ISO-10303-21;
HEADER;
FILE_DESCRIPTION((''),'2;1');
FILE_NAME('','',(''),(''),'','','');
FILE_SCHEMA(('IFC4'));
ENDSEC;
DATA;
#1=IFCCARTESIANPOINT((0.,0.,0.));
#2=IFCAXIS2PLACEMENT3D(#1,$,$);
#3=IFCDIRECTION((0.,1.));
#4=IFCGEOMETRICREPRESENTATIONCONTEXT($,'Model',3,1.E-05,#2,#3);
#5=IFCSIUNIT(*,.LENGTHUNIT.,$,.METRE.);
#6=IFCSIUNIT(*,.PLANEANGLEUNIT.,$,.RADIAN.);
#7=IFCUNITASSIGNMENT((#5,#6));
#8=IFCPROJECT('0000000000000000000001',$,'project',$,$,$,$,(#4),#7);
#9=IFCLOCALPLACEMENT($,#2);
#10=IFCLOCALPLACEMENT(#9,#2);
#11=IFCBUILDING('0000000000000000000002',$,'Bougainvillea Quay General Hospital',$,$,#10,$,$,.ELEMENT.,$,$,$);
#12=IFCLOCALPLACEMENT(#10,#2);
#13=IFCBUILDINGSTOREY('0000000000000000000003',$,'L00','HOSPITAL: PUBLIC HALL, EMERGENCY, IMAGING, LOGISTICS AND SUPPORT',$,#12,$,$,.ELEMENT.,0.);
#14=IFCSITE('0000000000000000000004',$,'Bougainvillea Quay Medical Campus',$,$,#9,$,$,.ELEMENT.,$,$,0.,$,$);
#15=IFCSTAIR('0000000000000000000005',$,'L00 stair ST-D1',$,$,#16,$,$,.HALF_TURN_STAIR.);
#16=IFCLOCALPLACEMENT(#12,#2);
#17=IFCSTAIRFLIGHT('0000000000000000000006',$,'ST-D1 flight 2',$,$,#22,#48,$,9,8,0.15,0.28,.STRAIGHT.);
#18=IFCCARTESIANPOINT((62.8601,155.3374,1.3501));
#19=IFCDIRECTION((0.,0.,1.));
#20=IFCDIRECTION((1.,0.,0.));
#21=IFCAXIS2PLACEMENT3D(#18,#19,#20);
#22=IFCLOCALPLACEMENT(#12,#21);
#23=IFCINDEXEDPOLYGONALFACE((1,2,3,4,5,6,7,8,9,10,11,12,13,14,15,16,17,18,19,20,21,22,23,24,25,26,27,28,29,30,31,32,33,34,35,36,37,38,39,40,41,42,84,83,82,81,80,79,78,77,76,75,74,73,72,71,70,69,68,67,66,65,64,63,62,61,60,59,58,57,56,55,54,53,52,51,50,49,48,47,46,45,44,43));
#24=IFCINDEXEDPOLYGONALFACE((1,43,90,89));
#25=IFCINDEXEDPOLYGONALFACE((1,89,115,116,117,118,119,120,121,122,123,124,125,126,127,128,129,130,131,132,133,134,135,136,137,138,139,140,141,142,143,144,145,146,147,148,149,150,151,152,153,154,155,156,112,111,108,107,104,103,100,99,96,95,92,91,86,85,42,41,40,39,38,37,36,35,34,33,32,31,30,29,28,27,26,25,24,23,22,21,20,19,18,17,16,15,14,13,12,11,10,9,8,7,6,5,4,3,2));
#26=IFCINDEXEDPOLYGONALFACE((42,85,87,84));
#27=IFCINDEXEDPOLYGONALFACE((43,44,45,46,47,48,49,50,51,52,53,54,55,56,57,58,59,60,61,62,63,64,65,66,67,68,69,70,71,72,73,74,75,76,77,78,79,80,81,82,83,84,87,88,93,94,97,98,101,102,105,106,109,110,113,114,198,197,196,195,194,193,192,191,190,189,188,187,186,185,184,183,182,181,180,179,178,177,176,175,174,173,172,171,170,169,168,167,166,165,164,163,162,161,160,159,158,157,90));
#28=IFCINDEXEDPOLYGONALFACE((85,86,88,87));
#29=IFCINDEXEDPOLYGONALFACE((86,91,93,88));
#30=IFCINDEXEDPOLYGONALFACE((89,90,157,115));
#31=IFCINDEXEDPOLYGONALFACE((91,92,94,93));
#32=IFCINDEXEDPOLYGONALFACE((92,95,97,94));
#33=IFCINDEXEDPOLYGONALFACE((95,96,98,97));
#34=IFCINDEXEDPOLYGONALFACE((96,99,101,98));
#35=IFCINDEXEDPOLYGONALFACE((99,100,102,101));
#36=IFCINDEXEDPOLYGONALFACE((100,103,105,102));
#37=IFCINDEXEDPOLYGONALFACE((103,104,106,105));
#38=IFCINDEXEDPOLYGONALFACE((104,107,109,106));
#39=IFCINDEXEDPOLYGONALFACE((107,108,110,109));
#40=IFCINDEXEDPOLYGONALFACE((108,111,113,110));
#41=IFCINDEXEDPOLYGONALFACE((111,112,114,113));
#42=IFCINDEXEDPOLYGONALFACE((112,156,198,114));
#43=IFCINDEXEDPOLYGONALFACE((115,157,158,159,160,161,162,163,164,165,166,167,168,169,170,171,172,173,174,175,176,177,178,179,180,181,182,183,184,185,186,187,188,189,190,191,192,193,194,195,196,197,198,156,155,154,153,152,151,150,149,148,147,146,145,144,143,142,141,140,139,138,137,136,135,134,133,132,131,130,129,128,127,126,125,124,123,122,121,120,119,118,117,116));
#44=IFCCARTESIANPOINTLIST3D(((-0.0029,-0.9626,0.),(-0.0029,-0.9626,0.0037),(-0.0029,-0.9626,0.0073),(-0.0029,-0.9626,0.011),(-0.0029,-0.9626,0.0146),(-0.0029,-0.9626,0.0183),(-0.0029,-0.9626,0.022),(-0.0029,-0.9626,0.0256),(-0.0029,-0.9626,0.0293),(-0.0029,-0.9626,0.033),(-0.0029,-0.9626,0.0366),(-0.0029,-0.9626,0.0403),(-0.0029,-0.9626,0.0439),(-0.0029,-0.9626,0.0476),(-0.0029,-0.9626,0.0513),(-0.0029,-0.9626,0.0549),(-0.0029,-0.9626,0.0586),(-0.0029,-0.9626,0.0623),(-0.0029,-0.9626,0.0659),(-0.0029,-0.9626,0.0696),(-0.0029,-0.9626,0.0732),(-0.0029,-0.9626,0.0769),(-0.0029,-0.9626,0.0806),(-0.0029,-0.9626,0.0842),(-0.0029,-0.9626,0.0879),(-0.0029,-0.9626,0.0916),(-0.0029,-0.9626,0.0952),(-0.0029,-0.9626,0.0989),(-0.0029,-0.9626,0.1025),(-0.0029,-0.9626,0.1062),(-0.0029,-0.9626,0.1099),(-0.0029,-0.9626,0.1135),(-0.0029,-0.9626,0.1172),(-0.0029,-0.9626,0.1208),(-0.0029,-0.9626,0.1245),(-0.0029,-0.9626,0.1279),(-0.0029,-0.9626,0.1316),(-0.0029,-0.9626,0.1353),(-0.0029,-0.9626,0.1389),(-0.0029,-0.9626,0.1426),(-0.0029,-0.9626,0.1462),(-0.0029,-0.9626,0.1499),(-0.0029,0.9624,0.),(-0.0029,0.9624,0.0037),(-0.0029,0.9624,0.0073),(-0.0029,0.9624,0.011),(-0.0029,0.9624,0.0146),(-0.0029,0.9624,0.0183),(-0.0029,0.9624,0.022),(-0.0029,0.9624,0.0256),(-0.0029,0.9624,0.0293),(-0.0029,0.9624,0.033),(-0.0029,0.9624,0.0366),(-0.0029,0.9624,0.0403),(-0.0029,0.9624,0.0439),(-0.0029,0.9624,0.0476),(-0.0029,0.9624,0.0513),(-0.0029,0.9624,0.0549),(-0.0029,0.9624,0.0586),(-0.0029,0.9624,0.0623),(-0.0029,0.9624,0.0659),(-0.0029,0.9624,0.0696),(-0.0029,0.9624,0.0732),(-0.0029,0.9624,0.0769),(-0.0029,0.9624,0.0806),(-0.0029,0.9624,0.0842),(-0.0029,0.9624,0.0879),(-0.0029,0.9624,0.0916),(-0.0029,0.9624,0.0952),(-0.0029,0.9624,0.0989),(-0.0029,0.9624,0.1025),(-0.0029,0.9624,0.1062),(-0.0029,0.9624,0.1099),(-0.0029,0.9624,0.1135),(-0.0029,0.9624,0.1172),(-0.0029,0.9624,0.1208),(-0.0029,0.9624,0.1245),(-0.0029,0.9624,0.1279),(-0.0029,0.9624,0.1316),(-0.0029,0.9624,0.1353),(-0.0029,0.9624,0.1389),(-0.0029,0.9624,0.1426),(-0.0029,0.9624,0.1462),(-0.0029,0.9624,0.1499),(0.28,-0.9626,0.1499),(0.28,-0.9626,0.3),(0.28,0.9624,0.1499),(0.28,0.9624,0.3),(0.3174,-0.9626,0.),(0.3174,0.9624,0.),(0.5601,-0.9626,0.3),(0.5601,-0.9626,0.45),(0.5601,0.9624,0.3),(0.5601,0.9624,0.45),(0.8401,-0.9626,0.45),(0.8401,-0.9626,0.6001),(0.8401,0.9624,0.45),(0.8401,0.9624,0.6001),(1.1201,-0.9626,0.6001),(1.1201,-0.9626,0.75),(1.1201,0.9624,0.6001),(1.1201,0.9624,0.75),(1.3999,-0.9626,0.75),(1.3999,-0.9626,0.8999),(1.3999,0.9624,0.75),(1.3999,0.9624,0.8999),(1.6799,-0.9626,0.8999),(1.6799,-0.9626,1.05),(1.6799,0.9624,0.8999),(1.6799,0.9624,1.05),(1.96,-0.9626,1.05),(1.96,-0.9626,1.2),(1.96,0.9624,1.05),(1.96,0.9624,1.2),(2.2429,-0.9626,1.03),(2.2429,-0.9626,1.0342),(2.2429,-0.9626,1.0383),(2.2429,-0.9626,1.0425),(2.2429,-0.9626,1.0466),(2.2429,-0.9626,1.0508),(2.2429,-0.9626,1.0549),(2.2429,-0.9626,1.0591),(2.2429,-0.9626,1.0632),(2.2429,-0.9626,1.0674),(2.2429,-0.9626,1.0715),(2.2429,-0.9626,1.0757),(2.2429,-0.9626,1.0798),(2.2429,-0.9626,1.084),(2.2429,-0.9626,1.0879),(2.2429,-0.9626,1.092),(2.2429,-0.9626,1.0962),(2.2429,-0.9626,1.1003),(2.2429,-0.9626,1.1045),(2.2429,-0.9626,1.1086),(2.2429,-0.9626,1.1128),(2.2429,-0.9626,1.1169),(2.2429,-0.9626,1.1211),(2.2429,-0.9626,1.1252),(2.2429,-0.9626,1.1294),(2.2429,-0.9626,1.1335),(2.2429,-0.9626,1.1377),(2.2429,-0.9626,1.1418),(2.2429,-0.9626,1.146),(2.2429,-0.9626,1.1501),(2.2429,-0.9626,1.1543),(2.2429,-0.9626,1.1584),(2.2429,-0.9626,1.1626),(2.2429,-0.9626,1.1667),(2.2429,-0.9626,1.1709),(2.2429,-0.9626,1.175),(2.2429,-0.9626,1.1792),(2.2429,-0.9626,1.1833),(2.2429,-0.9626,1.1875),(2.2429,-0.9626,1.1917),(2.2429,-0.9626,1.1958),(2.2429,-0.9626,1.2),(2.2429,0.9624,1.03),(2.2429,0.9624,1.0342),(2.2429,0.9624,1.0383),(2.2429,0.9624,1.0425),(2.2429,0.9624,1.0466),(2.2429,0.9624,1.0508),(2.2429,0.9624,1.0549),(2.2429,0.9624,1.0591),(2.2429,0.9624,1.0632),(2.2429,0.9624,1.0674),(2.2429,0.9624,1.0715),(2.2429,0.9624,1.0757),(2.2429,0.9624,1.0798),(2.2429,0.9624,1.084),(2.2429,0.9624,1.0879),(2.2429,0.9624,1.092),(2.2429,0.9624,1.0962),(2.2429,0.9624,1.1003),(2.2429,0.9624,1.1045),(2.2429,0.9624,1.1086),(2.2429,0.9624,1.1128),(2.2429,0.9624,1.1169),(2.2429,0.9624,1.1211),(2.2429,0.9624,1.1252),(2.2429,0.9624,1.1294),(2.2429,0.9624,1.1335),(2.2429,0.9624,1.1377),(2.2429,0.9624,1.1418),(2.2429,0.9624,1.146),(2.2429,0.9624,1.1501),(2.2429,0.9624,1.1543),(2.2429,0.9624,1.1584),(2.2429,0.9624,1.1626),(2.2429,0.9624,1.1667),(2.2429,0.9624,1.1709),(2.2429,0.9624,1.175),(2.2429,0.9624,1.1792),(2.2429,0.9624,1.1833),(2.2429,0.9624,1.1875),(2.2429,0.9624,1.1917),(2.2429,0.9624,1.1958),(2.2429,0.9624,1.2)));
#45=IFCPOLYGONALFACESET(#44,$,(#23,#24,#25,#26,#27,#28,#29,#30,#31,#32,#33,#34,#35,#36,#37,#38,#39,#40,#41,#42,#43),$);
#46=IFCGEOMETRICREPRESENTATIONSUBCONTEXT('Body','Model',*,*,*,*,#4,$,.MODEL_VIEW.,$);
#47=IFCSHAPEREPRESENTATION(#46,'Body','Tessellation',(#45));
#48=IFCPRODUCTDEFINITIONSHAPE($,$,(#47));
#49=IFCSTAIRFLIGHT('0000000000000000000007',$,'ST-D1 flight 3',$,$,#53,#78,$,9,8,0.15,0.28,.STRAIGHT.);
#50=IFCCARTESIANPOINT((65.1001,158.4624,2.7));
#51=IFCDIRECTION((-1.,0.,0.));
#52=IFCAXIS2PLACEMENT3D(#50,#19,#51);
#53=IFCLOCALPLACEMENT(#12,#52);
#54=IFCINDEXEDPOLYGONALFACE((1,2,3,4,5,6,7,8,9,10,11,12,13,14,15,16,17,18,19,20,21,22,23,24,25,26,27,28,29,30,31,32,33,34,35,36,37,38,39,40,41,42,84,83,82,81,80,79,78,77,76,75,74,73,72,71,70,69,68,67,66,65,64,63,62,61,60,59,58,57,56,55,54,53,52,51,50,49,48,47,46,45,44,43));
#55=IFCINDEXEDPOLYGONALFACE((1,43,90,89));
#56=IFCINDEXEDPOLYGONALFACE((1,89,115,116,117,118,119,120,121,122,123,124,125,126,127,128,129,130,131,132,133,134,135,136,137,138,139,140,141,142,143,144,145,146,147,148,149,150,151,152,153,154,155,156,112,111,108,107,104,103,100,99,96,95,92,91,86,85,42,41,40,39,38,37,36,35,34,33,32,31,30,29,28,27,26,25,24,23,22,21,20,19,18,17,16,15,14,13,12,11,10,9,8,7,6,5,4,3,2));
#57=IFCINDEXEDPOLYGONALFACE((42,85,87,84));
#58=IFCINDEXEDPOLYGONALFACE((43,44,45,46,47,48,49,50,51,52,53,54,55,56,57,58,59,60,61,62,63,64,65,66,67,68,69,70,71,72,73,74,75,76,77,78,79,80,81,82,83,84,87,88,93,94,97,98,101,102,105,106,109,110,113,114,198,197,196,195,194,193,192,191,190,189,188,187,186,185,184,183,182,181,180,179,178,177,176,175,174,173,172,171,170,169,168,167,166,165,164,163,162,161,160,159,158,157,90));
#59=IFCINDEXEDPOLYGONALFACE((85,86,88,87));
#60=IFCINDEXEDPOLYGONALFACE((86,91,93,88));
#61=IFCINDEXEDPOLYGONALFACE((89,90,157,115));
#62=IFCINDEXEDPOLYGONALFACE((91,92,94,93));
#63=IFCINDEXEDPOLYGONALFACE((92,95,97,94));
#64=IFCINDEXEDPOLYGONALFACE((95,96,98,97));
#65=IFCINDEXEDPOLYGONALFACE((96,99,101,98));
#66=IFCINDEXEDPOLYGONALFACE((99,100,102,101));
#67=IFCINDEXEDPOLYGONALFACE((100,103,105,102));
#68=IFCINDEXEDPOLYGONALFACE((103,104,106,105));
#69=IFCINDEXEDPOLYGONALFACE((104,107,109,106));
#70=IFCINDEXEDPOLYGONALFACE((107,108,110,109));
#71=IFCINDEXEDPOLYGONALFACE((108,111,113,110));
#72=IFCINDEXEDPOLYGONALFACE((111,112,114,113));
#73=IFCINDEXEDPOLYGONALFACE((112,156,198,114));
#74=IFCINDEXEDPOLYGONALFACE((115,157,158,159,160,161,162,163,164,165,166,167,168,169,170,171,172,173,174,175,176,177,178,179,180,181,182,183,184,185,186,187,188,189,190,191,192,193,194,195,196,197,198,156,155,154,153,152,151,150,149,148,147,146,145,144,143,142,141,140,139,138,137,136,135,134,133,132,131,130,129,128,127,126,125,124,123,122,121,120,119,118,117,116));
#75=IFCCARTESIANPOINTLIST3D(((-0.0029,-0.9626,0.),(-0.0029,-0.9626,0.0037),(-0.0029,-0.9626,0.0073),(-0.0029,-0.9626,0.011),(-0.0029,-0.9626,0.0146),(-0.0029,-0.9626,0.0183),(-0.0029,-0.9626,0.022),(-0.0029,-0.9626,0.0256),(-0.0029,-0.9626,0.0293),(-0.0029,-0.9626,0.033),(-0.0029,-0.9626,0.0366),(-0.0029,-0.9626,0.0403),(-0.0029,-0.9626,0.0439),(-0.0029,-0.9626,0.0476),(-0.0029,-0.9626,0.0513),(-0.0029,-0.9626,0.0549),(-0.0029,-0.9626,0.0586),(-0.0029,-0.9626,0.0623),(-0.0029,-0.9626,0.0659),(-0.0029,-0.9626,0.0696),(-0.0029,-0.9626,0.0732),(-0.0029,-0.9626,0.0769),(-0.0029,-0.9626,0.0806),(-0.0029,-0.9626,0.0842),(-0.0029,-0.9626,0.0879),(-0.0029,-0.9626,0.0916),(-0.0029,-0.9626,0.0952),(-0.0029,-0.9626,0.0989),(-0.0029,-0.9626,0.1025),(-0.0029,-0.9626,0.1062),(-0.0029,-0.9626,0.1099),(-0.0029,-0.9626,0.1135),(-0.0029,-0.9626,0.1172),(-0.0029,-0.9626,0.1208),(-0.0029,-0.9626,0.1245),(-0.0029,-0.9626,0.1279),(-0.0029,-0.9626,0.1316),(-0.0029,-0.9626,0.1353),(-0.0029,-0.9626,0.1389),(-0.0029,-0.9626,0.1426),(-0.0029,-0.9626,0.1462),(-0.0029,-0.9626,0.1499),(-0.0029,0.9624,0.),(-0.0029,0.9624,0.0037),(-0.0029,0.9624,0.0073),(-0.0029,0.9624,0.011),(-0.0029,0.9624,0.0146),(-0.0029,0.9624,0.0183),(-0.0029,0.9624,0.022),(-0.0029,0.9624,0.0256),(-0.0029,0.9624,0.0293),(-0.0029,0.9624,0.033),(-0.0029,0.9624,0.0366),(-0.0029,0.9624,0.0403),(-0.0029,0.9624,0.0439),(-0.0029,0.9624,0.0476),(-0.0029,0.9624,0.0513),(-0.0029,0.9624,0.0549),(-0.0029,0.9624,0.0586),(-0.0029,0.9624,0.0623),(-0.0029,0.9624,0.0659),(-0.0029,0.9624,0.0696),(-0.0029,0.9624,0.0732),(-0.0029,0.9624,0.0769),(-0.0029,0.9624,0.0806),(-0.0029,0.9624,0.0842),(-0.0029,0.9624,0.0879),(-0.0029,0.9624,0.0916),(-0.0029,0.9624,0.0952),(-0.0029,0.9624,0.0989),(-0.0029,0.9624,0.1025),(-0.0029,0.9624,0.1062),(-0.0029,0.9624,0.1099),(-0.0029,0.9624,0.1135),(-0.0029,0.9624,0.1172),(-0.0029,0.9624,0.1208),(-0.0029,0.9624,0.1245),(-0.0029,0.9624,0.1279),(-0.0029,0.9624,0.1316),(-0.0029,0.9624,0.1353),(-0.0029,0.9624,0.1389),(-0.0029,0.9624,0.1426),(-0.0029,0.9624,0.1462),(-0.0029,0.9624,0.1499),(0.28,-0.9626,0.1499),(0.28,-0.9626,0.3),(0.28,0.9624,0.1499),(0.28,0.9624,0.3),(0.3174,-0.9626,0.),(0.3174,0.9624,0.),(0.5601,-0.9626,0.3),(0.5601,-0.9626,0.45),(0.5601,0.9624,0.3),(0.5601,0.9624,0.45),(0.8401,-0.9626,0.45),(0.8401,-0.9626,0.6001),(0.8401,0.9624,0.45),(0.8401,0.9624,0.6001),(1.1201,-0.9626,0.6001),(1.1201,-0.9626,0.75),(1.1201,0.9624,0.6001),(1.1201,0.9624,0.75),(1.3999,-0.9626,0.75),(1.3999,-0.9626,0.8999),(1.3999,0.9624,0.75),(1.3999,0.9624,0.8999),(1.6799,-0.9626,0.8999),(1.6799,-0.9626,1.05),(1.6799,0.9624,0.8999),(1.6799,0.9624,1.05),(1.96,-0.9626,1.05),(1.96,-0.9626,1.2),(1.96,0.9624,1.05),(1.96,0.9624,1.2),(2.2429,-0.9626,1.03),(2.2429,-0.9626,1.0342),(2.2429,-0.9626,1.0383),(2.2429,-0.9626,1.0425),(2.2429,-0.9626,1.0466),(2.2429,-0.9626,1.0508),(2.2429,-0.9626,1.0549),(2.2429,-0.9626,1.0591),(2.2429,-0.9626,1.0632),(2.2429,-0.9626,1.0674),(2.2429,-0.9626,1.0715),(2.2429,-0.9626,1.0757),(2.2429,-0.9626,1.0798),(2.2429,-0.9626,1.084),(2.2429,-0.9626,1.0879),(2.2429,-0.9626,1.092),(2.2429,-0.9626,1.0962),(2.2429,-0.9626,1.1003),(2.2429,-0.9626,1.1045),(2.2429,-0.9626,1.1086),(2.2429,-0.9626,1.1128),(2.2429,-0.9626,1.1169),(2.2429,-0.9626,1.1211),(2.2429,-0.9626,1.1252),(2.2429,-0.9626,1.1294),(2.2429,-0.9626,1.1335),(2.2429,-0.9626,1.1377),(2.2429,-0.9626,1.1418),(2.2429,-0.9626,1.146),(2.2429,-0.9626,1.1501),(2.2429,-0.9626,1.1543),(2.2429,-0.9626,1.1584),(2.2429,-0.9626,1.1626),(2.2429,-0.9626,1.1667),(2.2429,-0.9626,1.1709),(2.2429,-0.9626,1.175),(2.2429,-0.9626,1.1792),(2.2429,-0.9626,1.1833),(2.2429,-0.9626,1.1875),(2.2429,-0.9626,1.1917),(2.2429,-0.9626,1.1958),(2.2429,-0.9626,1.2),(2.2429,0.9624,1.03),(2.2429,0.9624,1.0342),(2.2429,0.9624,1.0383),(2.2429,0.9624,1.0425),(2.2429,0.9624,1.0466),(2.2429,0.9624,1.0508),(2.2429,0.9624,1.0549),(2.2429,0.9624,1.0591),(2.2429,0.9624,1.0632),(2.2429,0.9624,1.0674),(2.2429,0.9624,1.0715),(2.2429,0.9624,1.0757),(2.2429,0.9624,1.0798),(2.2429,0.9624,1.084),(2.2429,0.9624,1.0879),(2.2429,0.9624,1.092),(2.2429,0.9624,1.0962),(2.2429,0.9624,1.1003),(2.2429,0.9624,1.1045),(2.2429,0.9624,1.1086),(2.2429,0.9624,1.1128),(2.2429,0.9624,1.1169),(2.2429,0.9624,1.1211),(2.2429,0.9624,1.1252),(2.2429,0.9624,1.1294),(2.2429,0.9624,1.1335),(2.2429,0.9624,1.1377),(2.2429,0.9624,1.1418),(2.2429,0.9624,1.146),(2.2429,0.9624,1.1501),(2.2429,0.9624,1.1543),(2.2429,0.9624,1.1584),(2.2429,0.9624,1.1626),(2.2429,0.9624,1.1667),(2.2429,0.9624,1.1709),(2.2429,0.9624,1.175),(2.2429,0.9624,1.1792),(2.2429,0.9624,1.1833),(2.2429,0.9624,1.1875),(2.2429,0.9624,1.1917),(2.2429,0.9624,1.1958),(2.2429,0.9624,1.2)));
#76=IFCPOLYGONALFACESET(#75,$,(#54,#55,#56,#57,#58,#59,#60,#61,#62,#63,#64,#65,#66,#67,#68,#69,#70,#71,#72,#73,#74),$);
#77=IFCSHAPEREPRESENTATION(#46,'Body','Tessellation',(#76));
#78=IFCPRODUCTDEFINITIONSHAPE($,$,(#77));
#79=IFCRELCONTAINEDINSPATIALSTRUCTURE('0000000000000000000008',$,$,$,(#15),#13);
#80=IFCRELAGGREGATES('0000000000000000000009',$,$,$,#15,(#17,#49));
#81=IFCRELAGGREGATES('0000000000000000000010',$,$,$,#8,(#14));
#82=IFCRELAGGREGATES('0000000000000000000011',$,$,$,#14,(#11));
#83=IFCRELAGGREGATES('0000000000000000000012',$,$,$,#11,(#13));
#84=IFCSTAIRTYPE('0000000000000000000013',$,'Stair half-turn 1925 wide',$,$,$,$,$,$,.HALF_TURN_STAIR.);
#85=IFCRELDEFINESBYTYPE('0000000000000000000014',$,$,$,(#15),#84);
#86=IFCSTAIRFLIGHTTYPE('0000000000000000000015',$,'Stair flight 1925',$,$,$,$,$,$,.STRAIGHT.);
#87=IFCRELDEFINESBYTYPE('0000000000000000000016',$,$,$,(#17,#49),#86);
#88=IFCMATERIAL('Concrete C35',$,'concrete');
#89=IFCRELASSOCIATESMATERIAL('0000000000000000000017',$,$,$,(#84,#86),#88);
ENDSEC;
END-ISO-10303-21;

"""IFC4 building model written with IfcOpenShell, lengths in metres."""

from ifc_helpers import new_model, si_unit, direction, frame, origin, place, context, subcontext, project, spatial, polyline, outline, extrude, material, type_object, element, aggregate, save


model = new_model("IFC4")

# Units and contexts
model_context = context("Model", 3, precision=1e-05, world=origin(), true_north=direction((0.0, 1.0)))
body_context = subcontext(model_context, "Body", "Model", "MODEL_VIEW")
ifc_project = project(units=[si_unit("LENGTHUNIT", "METRE"), si_unit("PLANEANGLEUNIT", "RADIAN")], contexts=[model_context])

# Site, building, storey
site_placement = place(None, origin())
site = spatial("IfcSite", under=ifc_project, at=site_placement, Name="Bougainvillea Quay Medical Campus", CompositionType="ELEMENT", RefElevation=0.0)
building_placement = place(site_placement, origin())
building = spatial("IfcBuilding", under=site, at=building_placement, Name="Bougainvillea Quay General Hospital", CompositionType="ELEMENT")
storey_placement = place(building_placement, origin())
storey = spatial("IfcBuildingStorey", under=building, at=storey_placement, Name="L00", Description="HOSPITAL: PUBLIC HALL, EMERGENCY, IMAGING, LOGISTICS AND SUPPORT", CompositionType="ELEMENT", Elevation=0.0)

# Stair, stair flights
ifc_material_1 = material(Name="Concrete C35", Category="concrete")
stair_type = type_object("IfcStairType", Name="Stair half-turn 1925 wide", PredefinedType="HALF_TURN_STAIR", material=ifc_material_1)
stair_placement = place(storey_placement, origin())
stair = element("IfcStair", 1, at=stair_placement, inside=storey, type_object=stair_type, Name="L00 stair ST-D1", PredefinedType="HALF_TURN_STAIR")
stair_flight_type = type_object("IfcStairFlightType", Name="Stair flight 1925", PredefinedType="STRAIGHT", material=ifc_material_1)
stair_flight_1_placement = place(storey_placement, frame((62.8601, 155.3374, 1.3501), z_axis=(0.0, 0.0, 1.0), x_axis=(1.0, 0.0, 0.0)))
stair_flight_1 = element("IfcStairFlight", 2, at=stair_flight_1_placement, type_object=stair_flight_type, Name="ST-D1 flight 2", NumberOfRisers=9, NumberOfTreads=8, PredefinedType="STRAIGHT", RiserHeight=0.15, TreadLength=0.28, context=body_context, shape_type="SweptSolid", body=[
    extrude(outline(polyline([(-0.0029, 0.0), (-0.0029, 0.0037), (-0.0029, 0.0073), (-0.0029, 0.011), (-0.0029, 0.0146), (-0.0029, 0.0183), (-0.0029, 0.022), (-0.0029, 0.0256), (-0.0029, 0.0293), (-0.0029, 0.033), (-0.0029, 0.0366), (-0.0029, 0.0403), (-0.0029, 0.0439), (-0.0029, 0.0476), (-0.0029, 0.0513), (-0.0029, 0.0549), (-0.0029, 0.0586), (-0.0029, 0.0623), (-0.0029, 0.0659), (-0.0029, 0.0696), (-0.0029, 0.0732), (-0.0029, 0.0769), (-0.0029, 0.0806), (-0.0029, 0.0842), (-0.0029, 0.0879), (-0.0029, 0.0916), (-0.0029, 0.0952), (-0.0029, 0.0989), (-0.0029, 0.1025), (-0.0029, 0.1062), (-0.0029, 0.1099), (-0.0029, 0.1135), (-0.0029, 0.1172), (-0.0029, 0.1208), (-0.0029, 0.1245), (-0.0029, 0.1279), (-0.0029, 0.1316), (-0.0029, 0.1353), (-0.0029, 0.1389), (-0.0029, 0.1426), (-0.0029, 0.1462), (-0.0029, 0.1499), (0.28, 0.1499), (0.28, 0.3), (0.5601, 0.3), (0.5601, 0.45), (0.8401, 0.45), (0.8401, 0.6001), (1.1201, 0.6001), (1.1201, 0.75), (1.3999, 0.75), (1.3999, 0.8999), (1.6799, 0.8999), (1.6799, 1.05), (1.96, 1.05), (1.96, 1.2), (2.2429, 1.2), (2.2429, 1.1958), (2.2429, 1.1917), (2.2429, 1.1875), (2.2429, 1.1833), (2.2429, 1.1792), (2.2429, 1.175), (2.2429, 1.1709), (2.2429, 1.1667), (2.2429, 1.1626), (2.2429, 1.1584), (2.2429, 1.1543), (2.2429, 1.1501), (2.2429, 1.146), (2.2429, 1.1418), (2.2429, 1.1377), (2.2429, 1.1335), (2.2429, 1.1294), (2.2429, 1.1252), (2.2429, 1.1211), (2.2429, 1.1169), (2.2429, 1.1128), (2.2429, 1.1086), (2.2429, 1.1045), (2.2429, 1.1003), (2.2429, 1.0962), (2.2429, 1.092), (2.2429, 1.0879), (2.2429, 1.084), (2.2429, 1.0798), (2.2429, 1.0757), (2.2429, 1.0715), (2.2429, 1.0674), (2.2429, 1.0632), (2.2429, 1.0591), (2.2429, 1.0549), (2.2429, 1.0508), (2.2429, 1.0466), (2.2429, 1.0425), (2.2429, 1.0383), (2.2429, 1.0342), (2.2429, 1.03), (0.3174, 0.0), (-0.0029, 0.0)])), frame((0.0, 0.9624, 0.0), z_axis=(0.0, -1.0, 0.0), x_axis=(1.0, 0.0, 0.0)), (0.0, 0.0, 1.0), 1.925),
])
stair_flight_2_placement = place(storey_placement, frame((65.1001, 158.4624, 2.7), z_axis=(0.0, 0.0, 1.0), x_axis=(-1.0, 0.0, 0.0)))
stair_flight_2 = element("IfcStairFlight", 3, at=stair_flight_2_placement, type_object=stair_flight_type, Name="ST-D1 flight 3", NumberOfRisers=9, NumberOfTreads=8, PredefinedType="STRAIGHT", RiserHeight=0.15, TreadLength=0.28, context=body_context, shape_type="SweptSolid", body=[
    extrude(outline(polyline([(-0.0029, 0.0), (-0.0029, 0.0037), (-0.0029, 0.0073), (-0.0029, 0.011), (-0.0029, 0.0146), (-0.0029, 0.0183), (-0.0029, 0.022), (-0.0029, 0.0256), (-0.0029, 0.0293), (-0.0029, 0.033), (-0.0029, 0.0366), (-0.0029, 0.0403), (-0.0029, 0.0439), (-0.0029, 0.0476), (-0.0029, 0.0513), (-0.0029, 0.0549), (-0.0029, 0.0586), (-0.0029, 0.0623), (-0.0029, 0.0659), (-0.0029, 0.0696), (-0.0029, 0.0732), (-0.0029, 0.0769), (-0.0029, 0.0806), (-0.0029, 0.0842), (-0.0029, 0.0879), (-0.0029, 0.0916), (-0.0029, 0.0952), (-0.0029, 0.0989), (-0.0029, 0.1025), (-0.0029, 0.1062), (-0.0029, 0.1099), (-0.0029, 0.1135), (-0.0029, 0.1172), (-0.0029, 0.1208), (-0.0029, 0.1245), (-0.0029, 0.1279), (-0.0029, 0.1316), (-0.0029, 0.1353), (-0.0029, 0.1389), (-0.0029, 0.1426), (-0.0029, 0.1462), (-0.0029, 0.1499), (0.28, 0.1499), (0.28, 0.3), (0.5601, 0.3), (0.5601, 0.45), (0.8401, 0.45), (0.8401, 0.6001), (1.1201, 0.6001), (1.1201, 0.75), (1.3999, 0.75), (1.3999, 0.8999), (1.6799, 0.8999), (1.6799, 1.05), (1.96, 1.05), (1.96, 1.2), (2.2429, 1.2), (2.2429, 1.1958), (2.2429, 1.1917), (2.2429, 1.1875), (2.2429, 1.1833), (2.2429, 1.1792), (2.2429, 1.175), (2.2429, 1.1709), (2.2429, 1.1667), (2.2429, 1.1626), (2.2429, 1.1584), (2.2429, 1.1543), (2.2429, 1.1501), (2.2429, 1.146), (2.2429, 1.1418), (2.2429, 1.1377), (2.2429, 1.1335), (2.2429, 1.1294), (2.2429, 1.1252), (2.2429, 1.1211), (2.2429, 1.1169), (2.2429, 1.1128), (2.2429, 1.1086), (2.2429, 1.1045), (2.2429, 1.1003), (2.2429, 1.0962), (2.2429, 1.092), (2.2429, 1.0879), (2.2429, 1.084), (2.2429, 1.0798), (2.2429, 1.0757), (2.2429, 1.0715), (2.2429, 1.0674), (2.2429, 1.0632), (2.2429, 1.0591), (2.2429, 1.0549), (2.2429, 1.0508), (2.2429, 1.0466), (2.2429, 1.0425), (2.2429, 1.0383), (2.2429, 1.0342), (2.2429, 1.03), (0.3174, 0.0), (-0.0029, 0.0)])), frame((0.0, 0.9624, 0.0), z_axis=(0.0, -1.0, 0.0), x_axis=(1.0, 0.0, 0.0)), (0.0, 0.0, 1.0), 1.925),
])
aggregate(stair, [stair_flight_1, stair_flight_2])

save(model, "model.ifc")
